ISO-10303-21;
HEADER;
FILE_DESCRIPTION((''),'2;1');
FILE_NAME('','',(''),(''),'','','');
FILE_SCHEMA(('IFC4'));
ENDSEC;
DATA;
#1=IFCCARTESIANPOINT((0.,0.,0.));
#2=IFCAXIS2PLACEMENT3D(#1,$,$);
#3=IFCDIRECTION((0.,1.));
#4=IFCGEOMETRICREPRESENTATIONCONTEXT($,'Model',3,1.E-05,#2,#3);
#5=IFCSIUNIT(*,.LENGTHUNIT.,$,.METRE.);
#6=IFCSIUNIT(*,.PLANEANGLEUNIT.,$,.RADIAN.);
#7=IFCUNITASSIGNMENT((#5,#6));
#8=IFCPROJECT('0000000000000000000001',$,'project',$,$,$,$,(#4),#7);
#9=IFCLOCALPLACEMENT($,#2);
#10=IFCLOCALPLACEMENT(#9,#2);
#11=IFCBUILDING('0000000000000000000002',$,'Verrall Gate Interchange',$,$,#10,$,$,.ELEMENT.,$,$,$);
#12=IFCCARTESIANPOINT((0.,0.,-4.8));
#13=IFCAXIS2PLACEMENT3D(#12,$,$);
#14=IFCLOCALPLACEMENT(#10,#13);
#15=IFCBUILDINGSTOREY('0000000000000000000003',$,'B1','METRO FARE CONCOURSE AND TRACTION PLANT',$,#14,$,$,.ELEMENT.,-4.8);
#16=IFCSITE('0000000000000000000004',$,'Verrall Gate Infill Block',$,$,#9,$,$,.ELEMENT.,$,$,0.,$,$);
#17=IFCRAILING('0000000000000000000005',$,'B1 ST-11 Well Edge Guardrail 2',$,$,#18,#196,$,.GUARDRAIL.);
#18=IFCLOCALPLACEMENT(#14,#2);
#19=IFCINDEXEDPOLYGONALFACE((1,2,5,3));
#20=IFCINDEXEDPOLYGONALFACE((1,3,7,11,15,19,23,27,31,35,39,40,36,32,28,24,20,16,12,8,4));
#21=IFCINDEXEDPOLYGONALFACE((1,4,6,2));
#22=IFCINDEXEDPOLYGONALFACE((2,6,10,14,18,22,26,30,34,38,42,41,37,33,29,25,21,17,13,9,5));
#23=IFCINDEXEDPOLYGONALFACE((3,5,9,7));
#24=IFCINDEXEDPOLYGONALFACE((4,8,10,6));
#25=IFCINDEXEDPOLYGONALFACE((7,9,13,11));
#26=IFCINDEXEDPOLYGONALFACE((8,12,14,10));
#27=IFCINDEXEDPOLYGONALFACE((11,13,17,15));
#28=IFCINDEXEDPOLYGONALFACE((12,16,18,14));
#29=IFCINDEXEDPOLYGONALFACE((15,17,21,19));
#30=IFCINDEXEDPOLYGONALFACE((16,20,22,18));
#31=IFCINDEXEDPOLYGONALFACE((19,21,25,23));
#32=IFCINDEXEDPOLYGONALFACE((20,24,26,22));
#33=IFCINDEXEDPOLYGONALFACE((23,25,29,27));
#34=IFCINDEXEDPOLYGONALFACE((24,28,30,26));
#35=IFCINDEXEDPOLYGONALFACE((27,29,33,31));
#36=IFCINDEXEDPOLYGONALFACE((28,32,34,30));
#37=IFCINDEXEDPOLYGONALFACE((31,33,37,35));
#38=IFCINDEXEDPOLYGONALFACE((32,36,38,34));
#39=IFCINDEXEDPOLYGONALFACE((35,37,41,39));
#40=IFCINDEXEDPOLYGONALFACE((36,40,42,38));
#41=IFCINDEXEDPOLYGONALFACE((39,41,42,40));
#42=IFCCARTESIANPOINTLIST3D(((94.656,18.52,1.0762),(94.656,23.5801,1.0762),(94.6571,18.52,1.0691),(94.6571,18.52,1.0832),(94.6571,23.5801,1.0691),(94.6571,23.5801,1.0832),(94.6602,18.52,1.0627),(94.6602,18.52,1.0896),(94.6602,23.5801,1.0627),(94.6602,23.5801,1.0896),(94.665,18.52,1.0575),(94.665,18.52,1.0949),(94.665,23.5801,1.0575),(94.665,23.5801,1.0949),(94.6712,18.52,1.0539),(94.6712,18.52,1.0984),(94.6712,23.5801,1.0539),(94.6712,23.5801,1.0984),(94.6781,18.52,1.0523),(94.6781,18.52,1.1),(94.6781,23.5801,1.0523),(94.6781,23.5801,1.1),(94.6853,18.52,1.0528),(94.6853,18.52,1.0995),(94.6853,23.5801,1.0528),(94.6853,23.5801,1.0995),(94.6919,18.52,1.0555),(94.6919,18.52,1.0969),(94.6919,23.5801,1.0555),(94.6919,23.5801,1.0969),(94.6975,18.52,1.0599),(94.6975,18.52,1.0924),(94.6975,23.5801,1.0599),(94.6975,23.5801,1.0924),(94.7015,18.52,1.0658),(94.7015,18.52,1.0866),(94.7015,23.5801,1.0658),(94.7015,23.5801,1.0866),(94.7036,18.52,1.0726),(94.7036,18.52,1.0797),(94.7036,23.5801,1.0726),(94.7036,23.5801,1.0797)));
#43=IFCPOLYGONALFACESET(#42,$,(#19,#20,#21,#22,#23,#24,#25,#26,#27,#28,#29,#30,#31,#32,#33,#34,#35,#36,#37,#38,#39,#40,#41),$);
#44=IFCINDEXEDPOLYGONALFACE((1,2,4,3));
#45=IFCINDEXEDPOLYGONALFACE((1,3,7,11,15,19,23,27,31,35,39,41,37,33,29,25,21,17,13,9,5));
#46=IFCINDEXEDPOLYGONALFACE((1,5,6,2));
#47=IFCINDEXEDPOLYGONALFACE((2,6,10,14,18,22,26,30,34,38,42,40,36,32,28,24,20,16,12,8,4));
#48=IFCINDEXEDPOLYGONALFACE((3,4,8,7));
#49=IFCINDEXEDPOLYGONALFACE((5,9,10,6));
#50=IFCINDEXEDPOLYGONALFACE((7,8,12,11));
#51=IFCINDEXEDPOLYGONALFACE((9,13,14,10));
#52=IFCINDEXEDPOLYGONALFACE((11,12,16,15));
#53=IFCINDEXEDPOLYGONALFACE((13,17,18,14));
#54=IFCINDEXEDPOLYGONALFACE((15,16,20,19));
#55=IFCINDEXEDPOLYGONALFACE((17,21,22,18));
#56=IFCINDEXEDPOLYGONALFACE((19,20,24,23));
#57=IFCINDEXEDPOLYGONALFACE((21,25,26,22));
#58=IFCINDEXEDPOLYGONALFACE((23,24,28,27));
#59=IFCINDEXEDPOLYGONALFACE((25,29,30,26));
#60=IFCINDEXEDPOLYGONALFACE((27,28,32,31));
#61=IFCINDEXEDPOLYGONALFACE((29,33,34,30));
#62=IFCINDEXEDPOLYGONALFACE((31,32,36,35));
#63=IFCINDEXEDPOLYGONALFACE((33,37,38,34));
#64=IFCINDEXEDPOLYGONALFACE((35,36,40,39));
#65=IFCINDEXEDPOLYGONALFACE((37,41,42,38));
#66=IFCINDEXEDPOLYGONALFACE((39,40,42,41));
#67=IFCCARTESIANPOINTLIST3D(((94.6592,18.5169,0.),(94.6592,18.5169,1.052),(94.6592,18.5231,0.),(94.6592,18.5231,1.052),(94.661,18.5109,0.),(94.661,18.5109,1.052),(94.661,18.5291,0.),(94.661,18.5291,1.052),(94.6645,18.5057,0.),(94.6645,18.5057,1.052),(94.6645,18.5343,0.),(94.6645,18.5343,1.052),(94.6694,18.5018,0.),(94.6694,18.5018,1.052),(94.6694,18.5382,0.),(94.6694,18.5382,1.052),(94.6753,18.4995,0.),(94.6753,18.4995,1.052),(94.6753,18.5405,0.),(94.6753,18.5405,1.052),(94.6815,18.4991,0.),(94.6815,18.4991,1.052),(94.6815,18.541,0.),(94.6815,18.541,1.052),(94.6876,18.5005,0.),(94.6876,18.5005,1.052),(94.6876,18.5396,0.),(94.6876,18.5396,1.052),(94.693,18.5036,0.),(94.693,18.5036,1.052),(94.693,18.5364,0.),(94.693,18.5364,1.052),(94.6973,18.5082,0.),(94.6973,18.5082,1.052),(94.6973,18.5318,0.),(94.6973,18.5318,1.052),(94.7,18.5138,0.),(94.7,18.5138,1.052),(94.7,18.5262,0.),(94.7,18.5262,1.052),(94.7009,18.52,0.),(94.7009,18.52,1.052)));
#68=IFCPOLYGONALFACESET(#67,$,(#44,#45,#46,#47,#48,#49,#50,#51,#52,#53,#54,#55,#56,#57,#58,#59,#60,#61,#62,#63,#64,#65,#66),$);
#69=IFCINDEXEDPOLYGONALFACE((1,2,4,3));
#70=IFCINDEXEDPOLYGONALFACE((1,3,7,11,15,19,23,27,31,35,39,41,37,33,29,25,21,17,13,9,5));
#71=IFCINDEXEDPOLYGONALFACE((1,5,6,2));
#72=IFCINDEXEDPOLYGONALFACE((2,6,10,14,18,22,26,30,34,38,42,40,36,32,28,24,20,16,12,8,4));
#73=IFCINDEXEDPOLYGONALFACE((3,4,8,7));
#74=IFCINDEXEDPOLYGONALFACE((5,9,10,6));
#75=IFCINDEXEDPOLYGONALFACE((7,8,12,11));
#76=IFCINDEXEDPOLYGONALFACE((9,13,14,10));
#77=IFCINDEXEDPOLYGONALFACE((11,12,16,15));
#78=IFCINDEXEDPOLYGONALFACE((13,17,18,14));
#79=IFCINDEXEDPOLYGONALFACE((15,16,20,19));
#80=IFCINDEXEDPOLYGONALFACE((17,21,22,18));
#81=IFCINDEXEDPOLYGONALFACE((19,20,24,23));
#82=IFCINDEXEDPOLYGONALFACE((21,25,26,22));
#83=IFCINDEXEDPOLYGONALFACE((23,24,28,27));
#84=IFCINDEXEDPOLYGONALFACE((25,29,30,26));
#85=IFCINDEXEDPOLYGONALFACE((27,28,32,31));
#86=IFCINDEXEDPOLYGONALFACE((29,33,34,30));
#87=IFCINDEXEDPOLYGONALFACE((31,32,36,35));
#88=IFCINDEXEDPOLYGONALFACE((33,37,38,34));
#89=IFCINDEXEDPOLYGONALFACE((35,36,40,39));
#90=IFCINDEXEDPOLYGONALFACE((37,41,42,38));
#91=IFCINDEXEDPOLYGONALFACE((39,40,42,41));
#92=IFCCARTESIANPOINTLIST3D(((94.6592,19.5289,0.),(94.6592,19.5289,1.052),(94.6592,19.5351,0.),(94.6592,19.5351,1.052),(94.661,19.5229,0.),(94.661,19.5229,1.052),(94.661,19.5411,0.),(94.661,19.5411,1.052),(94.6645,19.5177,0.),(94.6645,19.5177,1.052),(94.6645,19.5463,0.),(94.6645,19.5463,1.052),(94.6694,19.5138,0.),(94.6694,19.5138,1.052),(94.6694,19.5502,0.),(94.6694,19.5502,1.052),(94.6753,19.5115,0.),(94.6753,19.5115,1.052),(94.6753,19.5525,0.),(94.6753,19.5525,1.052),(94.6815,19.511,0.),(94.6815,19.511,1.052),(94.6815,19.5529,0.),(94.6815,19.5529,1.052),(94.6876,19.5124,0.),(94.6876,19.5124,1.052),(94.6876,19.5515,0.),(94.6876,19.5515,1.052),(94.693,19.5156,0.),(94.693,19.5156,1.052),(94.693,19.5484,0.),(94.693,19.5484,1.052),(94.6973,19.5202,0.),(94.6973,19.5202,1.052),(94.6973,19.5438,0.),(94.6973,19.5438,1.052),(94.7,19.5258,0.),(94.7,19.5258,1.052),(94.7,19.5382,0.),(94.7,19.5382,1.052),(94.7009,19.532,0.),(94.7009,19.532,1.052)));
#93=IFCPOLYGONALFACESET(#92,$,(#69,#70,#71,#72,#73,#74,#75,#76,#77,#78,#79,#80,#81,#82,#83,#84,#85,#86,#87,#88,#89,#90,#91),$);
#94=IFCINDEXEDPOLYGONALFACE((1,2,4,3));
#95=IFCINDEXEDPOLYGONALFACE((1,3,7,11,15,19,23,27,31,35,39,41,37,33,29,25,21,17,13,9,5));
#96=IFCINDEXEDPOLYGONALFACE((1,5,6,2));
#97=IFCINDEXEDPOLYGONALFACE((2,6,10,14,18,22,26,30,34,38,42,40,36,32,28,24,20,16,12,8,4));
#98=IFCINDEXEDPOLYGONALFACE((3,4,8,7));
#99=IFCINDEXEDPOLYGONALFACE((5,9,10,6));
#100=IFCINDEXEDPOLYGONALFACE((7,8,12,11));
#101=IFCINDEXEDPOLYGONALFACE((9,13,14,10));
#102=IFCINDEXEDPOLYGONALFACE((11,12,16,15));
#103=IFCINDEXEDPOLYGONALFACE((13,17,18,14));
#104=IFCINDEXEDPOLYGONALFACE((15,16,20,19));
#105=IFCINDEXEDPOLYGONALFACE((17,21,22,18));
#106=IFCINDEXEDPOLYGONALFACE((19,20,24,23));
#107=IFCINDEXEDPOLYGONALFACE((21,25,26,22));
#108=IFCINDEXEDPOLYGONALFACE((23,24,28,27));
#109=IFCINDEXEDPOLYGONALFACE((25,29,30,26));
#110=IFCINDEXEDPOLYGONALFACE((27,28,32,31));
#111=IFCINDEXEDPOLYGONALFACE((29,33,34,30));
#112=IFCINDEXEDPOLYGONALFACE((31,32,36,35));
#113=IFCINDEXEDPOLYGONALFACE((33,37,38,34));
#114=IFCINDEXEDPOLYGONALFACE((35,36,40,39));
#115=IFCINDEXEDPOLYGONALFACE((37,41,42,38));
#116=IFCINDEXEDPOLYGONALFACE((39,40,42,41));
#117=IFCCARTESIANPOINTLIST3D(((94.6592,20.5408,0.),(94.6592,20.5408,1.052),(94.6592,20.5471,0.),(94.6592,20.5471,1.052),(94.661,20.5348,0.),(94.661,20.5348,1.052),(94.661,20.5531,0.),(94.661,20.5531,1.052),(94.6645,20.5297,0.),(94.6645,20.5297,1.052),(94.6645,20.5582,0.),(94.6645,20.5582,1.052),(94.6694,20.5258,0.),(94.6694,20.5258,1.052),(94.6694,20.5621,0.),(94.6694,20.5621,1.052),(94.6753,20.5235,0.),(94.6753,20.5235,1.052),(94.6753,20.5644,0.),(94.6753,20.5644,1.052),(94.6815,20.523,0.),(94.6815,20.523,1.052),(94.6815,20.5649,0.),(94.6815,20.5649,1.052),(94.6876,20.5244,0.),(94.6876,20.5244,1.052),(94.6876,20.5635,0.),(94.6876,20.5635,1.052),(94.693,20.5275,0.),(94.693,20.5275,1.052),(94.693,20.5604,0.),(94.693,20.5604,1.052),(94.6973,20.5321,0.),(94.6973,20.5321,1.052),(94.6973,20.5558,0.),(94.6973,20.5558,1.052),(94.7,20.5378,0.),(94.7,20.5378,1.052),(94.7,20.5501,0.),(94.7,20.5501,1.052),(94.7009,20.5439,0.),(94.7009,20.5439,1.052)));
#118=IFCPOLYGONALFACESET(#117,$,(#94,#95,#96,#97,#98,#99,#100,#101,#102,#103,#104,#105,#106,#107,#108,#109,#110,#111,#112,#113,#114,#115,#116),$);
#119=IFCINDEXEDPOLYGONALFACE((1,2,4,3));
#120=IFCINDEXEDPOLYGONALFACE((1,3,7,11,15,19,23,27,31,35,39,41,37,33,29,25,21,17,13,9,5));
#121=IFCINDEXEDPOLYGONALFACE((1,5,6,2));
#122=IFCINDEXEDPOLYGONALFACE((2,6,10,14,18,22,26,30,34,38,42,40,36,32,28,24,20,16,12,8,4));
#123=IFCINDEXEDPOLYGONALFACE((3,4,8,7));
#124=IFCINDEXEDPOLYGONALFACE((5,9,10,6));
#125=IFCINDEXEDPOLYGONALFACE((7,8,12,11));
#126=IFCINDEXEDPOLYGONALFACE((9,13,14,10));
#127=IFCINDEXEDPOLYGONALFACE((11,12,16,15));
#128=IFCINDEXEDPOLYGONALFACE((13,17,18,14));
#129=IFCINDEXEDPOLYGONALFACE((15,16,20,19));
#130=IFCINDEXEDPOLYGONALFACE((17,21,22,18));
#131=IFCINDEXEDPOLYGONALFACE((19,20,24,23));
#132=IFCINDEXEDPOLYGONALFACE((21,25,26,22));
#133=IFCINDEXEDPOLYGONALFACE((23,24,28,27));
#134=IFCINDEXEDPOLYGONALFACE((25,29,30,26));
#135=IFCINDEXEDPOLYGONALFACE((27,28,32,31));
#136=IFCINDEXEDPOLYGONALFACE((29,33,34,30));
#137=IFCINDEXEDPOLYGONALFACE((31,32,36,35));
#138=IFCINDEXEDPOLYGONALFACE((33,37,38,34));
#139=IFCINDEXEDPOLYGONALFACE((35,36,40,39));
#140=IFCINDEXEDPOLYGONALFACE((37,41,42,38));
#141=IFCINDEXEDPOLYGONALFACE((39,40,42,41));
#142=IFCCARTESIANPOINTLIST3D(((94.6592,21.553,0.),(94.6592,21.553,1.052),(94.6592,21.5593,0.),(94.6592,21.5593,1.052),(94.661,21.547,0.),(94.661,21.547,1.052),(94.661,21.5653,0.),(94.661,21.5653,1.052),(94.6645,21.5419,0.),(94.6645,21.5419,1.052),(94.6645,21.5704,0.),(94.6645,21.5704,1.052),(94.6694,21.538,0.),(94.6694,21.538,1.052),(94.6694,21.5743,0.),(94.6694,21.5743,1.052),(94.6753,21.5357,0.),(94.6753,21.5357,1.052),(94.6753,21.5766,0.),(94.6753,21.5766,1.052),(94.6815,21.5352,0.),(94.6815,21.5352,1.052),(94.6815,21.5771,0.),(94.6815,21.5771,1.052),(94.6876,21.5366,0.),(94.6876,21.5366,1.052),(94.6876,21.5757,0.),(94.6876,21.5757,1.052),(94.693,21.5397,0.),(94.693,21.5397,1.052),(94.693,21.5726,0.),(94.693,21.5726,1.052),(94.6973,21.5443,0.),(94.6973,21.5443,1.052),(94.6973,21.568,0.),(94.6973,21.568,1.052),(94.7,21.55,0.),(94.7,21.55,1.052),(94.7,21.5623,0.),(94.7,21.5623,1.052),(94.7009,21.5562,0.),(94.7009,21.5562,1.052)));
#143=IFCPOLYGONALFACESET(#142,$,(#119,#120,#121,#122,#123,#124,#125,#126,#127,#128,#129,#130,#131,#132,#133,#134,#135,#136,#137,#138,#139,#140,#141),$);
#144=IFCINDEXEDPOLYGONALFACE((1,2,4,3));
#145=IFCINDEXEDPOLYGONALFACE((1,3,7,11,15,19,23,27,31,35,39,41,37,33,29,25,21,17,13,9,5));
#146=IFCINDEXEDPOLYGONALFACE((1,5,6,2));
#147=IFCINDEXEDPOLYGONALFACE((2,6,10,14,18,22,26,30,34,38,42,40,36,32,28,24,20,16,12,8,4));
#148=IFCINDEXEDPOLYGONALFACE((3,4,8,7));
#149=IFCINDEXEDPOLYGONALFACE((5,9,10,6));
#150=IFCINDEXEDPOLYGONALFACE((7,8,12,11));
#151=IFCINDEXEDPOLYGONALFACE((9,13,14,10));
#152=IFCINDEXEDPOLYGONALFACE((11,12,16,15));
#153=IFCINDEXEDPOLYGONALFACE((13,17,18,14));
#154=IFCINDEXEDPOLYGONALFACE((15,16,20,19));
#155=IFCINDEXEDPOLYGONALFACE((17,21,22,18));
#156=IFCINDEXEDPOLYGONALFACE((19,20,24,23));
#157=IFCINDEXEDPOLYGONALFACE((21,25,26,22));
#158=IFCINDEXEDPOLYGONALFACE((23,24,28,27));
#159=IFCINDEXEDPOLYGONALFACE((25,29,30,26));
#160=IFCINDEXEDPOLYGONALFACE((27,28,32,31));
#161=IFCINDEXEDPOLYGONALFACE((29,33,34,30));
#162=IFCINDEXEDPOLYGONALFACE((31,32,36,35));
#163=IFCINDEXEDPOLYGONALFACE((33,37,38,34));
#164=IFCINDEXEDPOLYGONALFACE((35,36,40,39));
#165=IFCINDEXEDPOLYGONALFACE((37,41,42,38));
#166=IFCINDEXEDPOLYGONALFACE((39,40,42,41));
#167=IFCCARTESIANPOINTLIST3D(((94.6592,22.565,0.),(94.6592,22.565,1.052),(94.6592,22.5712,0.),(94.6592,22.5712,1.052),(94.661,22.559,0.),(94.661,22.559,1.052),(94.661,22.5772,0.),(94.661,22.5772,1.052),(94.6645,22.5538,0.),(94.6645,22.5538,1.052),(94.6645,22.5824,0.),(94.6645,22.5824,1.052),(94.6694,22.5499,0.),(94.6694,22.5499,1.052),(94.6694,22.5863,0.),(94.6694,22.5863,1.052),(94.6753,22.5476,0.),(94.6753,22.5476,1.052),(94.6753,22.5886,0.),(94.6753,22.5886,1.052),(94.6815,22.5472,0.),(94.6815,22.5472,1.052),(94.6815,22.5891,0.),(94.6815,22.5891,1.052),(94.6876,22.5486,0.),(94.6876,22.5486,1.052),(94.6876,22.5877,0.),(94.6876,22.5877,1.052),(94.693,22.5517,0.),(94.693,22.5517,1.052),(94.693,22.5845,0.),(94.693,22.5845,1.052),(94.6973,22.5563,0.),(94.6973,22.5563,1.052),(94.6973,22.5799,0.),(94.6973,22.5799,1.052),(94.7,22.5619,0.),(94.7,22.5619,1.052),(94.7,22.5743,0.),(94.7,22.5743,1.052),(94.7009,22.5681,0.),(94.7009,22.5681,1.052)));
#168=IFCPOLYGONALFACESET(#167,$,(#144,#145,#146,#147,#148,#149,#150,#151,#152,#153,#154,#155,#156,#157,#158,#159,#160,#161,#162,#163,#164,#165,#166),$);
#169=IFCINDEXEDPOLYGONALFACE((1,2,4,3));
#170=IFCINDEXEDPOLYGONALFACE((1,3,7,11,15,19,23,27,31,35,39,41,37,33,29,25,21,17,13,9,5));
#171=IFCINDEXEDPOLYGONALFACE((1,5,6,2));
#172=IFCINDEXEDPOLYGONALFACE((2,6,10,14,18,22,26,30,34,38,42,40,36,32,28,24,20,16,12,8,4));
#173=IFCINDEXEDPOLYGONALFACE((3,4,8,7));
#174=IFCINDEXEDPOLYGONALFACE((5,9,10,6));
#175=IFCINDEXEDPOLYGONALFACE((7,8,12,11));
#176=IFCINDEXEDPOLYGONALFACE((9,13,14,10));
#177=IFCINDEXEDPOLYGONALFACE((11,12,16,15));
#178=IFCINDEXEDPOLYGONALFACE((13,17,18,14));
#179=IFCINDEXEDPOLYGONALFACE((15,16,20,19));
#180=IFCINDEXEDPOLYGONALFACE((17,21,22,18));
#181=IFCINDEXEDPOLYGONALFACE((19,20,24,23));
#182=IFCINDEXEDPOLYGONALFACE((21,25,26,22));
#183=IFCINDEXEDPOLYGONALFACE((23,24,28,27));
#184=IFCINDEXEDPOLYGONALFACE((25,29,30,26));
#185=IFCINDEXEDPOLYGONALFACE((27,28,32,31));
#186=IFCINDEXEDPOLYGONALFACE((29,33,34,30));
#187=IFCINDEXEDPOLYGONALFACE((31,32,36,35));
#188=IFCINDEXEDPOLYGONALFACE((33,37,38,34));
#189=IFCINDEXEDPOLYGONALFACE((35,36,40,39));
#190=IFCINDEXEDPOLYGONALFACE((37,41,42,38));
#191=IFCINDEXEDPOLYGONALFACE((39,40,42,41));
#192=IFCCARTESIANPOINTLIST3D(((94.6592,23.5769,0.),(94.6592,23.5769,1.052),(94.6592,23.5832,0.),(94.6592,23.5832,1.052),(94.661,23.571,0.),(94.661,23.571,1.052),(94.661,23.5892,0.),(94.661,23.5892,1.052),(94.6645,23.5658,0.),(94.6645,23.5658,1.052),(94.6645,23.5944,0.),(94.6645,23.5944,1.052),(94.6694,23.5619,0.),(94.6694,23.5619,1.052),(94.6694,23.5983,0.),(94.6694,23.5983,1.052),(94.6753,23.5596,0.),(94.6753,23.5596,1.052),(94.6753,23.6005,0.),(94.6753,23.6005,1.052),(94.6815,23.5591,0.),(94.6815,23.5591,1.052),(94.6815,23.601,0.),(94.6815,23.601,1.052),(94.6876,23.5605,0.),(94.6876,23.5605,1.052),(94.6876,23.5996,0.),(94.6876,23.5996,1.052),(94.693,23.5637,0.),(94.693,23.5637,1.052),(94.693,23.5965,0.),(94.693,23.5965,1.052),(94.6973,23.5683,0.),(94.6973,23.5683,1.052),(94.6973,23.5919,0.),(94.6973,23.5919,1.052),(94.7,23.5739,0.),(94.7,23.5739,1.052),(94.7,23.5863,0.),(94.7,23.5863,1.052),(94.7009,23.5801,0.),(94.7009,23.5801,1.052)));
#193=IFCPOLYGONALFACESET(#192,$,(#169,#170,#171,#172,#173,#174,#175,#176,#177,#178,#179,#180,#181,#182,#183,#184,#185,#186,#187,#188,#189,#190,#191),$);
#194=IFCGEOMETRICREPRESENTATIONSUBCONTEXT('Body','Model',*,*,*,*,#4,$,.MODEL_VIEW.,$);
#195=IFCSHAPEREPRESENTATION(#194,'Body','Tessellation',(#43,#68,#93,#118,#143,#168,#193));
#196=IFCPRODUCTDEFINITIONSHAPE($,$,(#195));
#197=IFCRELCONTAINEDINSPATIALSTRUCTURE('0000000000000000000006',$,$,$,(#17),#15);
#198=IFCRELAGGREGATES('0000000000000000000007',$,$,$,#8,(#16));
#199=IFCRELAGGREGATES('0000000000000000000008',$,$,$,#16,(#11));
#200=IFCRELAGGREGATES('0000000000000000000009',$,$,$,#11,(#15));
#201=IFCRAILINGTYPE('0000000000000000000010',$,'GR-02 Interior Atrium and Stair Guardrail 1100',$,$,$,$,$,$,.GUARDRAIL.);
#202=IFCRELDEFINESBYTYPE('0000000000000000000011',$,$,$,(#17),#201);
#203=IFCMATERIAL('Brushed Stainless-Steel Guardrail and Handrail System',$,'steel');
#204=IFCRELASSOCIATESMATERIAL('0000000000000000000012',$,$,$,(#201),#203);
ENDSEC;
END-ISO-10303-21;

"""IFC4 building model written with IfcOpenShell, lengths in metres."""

from ifc_helpers import new_model, si_unit, direction, frame, origin, origin_2d, place, context, subcontext, project, spatial, circle, extrude, material, type_object, element, save


model = new_model("IFC4")

# Units and contexts
model_context = context("Model", 3, precision=1e-05, world=origin(), true_north=direction((0.0, 1.0)))
body_context = subcontext(model_context, "Body", "Model", "MODEL_VIEW")
ifc_project = project(units=[si_unit("LENGTHUNIT", "METRE"), si_unit("PLANEANGLEUNIT", "RADIAN")], contexts=[model_context])

# Site, building, storey
site_placement = place(None, origin())
site = spatial("IfcSite", under=ifc_project, at=site_placement, Name="Verrall Gate Infill Block", CompositionType="ELEMENT", RefElevation=0.0)
building_placement = place(site_placement, origin())
building = spatial("IfcBuilding", under=site, at=building_placement, Name="Verrall Gate Interchange", CompositionType="ELEMENT")
storey_placement = place(building_placement, frame((0.0, 0.0, -4.8)))
storey = spatial("IfcBuildingStorey", under=building, at=storey_placement, Name="B1", Description="METRO FARE CONCOURSE AND TRACTION PLANT", CompositionType="ELEMENT", Elevation=-4.8)

# Railing
ifc_material_1 = material(Name="Brushed Stainless-Steel Guardrail and Handrail System", Category="steel")
railing_type = type_object("IfcRailingType", Name="GR-02 Interior Atrium and Stair Guardrail 1100", PredefinedType="GUARDRAIL", material=ifc_material_1)
railing_1_placement = place(storey_placement, frame((94.6799, 18.52, 0.0)))
element("IfcRailing", 1, at=railing_1_placement, inside=storey, type_object=railing_type, Name="B1 ST-11 Well Edge Guardrail 2", PredefinedType="GUARDRAIL", context=body_context, shape_type="SweptSolid", body=[
    extrude(circle(Radius=0.0239, at=origin_2d()), frame((0.0, 0.0, 1.0762), z_axis=(0.0, 1.0, 0.0), x_axis=(-1.0, 0.0, 0.0)), (0.0, 0.0, 1.0), 5.0601),
    extrude(circle(Radius=0.021, at=origin_2d()), origin(), (0.0, 0.0, 1.0), 1.052),
    extrude(circle(Radius=0.021, at=origin_2d()), frame((0.0, 1.012, 0.0)), (0.0, 0.0, 1.0), 1.052),
    extrude(circle(Radius=0.021, at=origin_2d()), frame((0.0, 2.0239, 0.0)), (0.0, 0.0, 1.0), 1.052),
    extrude(circle(Radius=0.021, at=origin_2d()), frame((0.0, 3.0361, 0.0)), (0.0, 0.0, 1.0), 1.052),
    extrude(circle(Radius=0.021, at=origin_2d()), frame((0.0, 4.0481, 0.0)), (0.0, 0.0, 1.0), 1.052),
    extrude(circle(Radius=0.021, at=origin_2d()), frame((0.0, 5.0601, 0.0)), (0.0, 0.0, 1.0), 1.052),
])

save(model, "model.ifc")
